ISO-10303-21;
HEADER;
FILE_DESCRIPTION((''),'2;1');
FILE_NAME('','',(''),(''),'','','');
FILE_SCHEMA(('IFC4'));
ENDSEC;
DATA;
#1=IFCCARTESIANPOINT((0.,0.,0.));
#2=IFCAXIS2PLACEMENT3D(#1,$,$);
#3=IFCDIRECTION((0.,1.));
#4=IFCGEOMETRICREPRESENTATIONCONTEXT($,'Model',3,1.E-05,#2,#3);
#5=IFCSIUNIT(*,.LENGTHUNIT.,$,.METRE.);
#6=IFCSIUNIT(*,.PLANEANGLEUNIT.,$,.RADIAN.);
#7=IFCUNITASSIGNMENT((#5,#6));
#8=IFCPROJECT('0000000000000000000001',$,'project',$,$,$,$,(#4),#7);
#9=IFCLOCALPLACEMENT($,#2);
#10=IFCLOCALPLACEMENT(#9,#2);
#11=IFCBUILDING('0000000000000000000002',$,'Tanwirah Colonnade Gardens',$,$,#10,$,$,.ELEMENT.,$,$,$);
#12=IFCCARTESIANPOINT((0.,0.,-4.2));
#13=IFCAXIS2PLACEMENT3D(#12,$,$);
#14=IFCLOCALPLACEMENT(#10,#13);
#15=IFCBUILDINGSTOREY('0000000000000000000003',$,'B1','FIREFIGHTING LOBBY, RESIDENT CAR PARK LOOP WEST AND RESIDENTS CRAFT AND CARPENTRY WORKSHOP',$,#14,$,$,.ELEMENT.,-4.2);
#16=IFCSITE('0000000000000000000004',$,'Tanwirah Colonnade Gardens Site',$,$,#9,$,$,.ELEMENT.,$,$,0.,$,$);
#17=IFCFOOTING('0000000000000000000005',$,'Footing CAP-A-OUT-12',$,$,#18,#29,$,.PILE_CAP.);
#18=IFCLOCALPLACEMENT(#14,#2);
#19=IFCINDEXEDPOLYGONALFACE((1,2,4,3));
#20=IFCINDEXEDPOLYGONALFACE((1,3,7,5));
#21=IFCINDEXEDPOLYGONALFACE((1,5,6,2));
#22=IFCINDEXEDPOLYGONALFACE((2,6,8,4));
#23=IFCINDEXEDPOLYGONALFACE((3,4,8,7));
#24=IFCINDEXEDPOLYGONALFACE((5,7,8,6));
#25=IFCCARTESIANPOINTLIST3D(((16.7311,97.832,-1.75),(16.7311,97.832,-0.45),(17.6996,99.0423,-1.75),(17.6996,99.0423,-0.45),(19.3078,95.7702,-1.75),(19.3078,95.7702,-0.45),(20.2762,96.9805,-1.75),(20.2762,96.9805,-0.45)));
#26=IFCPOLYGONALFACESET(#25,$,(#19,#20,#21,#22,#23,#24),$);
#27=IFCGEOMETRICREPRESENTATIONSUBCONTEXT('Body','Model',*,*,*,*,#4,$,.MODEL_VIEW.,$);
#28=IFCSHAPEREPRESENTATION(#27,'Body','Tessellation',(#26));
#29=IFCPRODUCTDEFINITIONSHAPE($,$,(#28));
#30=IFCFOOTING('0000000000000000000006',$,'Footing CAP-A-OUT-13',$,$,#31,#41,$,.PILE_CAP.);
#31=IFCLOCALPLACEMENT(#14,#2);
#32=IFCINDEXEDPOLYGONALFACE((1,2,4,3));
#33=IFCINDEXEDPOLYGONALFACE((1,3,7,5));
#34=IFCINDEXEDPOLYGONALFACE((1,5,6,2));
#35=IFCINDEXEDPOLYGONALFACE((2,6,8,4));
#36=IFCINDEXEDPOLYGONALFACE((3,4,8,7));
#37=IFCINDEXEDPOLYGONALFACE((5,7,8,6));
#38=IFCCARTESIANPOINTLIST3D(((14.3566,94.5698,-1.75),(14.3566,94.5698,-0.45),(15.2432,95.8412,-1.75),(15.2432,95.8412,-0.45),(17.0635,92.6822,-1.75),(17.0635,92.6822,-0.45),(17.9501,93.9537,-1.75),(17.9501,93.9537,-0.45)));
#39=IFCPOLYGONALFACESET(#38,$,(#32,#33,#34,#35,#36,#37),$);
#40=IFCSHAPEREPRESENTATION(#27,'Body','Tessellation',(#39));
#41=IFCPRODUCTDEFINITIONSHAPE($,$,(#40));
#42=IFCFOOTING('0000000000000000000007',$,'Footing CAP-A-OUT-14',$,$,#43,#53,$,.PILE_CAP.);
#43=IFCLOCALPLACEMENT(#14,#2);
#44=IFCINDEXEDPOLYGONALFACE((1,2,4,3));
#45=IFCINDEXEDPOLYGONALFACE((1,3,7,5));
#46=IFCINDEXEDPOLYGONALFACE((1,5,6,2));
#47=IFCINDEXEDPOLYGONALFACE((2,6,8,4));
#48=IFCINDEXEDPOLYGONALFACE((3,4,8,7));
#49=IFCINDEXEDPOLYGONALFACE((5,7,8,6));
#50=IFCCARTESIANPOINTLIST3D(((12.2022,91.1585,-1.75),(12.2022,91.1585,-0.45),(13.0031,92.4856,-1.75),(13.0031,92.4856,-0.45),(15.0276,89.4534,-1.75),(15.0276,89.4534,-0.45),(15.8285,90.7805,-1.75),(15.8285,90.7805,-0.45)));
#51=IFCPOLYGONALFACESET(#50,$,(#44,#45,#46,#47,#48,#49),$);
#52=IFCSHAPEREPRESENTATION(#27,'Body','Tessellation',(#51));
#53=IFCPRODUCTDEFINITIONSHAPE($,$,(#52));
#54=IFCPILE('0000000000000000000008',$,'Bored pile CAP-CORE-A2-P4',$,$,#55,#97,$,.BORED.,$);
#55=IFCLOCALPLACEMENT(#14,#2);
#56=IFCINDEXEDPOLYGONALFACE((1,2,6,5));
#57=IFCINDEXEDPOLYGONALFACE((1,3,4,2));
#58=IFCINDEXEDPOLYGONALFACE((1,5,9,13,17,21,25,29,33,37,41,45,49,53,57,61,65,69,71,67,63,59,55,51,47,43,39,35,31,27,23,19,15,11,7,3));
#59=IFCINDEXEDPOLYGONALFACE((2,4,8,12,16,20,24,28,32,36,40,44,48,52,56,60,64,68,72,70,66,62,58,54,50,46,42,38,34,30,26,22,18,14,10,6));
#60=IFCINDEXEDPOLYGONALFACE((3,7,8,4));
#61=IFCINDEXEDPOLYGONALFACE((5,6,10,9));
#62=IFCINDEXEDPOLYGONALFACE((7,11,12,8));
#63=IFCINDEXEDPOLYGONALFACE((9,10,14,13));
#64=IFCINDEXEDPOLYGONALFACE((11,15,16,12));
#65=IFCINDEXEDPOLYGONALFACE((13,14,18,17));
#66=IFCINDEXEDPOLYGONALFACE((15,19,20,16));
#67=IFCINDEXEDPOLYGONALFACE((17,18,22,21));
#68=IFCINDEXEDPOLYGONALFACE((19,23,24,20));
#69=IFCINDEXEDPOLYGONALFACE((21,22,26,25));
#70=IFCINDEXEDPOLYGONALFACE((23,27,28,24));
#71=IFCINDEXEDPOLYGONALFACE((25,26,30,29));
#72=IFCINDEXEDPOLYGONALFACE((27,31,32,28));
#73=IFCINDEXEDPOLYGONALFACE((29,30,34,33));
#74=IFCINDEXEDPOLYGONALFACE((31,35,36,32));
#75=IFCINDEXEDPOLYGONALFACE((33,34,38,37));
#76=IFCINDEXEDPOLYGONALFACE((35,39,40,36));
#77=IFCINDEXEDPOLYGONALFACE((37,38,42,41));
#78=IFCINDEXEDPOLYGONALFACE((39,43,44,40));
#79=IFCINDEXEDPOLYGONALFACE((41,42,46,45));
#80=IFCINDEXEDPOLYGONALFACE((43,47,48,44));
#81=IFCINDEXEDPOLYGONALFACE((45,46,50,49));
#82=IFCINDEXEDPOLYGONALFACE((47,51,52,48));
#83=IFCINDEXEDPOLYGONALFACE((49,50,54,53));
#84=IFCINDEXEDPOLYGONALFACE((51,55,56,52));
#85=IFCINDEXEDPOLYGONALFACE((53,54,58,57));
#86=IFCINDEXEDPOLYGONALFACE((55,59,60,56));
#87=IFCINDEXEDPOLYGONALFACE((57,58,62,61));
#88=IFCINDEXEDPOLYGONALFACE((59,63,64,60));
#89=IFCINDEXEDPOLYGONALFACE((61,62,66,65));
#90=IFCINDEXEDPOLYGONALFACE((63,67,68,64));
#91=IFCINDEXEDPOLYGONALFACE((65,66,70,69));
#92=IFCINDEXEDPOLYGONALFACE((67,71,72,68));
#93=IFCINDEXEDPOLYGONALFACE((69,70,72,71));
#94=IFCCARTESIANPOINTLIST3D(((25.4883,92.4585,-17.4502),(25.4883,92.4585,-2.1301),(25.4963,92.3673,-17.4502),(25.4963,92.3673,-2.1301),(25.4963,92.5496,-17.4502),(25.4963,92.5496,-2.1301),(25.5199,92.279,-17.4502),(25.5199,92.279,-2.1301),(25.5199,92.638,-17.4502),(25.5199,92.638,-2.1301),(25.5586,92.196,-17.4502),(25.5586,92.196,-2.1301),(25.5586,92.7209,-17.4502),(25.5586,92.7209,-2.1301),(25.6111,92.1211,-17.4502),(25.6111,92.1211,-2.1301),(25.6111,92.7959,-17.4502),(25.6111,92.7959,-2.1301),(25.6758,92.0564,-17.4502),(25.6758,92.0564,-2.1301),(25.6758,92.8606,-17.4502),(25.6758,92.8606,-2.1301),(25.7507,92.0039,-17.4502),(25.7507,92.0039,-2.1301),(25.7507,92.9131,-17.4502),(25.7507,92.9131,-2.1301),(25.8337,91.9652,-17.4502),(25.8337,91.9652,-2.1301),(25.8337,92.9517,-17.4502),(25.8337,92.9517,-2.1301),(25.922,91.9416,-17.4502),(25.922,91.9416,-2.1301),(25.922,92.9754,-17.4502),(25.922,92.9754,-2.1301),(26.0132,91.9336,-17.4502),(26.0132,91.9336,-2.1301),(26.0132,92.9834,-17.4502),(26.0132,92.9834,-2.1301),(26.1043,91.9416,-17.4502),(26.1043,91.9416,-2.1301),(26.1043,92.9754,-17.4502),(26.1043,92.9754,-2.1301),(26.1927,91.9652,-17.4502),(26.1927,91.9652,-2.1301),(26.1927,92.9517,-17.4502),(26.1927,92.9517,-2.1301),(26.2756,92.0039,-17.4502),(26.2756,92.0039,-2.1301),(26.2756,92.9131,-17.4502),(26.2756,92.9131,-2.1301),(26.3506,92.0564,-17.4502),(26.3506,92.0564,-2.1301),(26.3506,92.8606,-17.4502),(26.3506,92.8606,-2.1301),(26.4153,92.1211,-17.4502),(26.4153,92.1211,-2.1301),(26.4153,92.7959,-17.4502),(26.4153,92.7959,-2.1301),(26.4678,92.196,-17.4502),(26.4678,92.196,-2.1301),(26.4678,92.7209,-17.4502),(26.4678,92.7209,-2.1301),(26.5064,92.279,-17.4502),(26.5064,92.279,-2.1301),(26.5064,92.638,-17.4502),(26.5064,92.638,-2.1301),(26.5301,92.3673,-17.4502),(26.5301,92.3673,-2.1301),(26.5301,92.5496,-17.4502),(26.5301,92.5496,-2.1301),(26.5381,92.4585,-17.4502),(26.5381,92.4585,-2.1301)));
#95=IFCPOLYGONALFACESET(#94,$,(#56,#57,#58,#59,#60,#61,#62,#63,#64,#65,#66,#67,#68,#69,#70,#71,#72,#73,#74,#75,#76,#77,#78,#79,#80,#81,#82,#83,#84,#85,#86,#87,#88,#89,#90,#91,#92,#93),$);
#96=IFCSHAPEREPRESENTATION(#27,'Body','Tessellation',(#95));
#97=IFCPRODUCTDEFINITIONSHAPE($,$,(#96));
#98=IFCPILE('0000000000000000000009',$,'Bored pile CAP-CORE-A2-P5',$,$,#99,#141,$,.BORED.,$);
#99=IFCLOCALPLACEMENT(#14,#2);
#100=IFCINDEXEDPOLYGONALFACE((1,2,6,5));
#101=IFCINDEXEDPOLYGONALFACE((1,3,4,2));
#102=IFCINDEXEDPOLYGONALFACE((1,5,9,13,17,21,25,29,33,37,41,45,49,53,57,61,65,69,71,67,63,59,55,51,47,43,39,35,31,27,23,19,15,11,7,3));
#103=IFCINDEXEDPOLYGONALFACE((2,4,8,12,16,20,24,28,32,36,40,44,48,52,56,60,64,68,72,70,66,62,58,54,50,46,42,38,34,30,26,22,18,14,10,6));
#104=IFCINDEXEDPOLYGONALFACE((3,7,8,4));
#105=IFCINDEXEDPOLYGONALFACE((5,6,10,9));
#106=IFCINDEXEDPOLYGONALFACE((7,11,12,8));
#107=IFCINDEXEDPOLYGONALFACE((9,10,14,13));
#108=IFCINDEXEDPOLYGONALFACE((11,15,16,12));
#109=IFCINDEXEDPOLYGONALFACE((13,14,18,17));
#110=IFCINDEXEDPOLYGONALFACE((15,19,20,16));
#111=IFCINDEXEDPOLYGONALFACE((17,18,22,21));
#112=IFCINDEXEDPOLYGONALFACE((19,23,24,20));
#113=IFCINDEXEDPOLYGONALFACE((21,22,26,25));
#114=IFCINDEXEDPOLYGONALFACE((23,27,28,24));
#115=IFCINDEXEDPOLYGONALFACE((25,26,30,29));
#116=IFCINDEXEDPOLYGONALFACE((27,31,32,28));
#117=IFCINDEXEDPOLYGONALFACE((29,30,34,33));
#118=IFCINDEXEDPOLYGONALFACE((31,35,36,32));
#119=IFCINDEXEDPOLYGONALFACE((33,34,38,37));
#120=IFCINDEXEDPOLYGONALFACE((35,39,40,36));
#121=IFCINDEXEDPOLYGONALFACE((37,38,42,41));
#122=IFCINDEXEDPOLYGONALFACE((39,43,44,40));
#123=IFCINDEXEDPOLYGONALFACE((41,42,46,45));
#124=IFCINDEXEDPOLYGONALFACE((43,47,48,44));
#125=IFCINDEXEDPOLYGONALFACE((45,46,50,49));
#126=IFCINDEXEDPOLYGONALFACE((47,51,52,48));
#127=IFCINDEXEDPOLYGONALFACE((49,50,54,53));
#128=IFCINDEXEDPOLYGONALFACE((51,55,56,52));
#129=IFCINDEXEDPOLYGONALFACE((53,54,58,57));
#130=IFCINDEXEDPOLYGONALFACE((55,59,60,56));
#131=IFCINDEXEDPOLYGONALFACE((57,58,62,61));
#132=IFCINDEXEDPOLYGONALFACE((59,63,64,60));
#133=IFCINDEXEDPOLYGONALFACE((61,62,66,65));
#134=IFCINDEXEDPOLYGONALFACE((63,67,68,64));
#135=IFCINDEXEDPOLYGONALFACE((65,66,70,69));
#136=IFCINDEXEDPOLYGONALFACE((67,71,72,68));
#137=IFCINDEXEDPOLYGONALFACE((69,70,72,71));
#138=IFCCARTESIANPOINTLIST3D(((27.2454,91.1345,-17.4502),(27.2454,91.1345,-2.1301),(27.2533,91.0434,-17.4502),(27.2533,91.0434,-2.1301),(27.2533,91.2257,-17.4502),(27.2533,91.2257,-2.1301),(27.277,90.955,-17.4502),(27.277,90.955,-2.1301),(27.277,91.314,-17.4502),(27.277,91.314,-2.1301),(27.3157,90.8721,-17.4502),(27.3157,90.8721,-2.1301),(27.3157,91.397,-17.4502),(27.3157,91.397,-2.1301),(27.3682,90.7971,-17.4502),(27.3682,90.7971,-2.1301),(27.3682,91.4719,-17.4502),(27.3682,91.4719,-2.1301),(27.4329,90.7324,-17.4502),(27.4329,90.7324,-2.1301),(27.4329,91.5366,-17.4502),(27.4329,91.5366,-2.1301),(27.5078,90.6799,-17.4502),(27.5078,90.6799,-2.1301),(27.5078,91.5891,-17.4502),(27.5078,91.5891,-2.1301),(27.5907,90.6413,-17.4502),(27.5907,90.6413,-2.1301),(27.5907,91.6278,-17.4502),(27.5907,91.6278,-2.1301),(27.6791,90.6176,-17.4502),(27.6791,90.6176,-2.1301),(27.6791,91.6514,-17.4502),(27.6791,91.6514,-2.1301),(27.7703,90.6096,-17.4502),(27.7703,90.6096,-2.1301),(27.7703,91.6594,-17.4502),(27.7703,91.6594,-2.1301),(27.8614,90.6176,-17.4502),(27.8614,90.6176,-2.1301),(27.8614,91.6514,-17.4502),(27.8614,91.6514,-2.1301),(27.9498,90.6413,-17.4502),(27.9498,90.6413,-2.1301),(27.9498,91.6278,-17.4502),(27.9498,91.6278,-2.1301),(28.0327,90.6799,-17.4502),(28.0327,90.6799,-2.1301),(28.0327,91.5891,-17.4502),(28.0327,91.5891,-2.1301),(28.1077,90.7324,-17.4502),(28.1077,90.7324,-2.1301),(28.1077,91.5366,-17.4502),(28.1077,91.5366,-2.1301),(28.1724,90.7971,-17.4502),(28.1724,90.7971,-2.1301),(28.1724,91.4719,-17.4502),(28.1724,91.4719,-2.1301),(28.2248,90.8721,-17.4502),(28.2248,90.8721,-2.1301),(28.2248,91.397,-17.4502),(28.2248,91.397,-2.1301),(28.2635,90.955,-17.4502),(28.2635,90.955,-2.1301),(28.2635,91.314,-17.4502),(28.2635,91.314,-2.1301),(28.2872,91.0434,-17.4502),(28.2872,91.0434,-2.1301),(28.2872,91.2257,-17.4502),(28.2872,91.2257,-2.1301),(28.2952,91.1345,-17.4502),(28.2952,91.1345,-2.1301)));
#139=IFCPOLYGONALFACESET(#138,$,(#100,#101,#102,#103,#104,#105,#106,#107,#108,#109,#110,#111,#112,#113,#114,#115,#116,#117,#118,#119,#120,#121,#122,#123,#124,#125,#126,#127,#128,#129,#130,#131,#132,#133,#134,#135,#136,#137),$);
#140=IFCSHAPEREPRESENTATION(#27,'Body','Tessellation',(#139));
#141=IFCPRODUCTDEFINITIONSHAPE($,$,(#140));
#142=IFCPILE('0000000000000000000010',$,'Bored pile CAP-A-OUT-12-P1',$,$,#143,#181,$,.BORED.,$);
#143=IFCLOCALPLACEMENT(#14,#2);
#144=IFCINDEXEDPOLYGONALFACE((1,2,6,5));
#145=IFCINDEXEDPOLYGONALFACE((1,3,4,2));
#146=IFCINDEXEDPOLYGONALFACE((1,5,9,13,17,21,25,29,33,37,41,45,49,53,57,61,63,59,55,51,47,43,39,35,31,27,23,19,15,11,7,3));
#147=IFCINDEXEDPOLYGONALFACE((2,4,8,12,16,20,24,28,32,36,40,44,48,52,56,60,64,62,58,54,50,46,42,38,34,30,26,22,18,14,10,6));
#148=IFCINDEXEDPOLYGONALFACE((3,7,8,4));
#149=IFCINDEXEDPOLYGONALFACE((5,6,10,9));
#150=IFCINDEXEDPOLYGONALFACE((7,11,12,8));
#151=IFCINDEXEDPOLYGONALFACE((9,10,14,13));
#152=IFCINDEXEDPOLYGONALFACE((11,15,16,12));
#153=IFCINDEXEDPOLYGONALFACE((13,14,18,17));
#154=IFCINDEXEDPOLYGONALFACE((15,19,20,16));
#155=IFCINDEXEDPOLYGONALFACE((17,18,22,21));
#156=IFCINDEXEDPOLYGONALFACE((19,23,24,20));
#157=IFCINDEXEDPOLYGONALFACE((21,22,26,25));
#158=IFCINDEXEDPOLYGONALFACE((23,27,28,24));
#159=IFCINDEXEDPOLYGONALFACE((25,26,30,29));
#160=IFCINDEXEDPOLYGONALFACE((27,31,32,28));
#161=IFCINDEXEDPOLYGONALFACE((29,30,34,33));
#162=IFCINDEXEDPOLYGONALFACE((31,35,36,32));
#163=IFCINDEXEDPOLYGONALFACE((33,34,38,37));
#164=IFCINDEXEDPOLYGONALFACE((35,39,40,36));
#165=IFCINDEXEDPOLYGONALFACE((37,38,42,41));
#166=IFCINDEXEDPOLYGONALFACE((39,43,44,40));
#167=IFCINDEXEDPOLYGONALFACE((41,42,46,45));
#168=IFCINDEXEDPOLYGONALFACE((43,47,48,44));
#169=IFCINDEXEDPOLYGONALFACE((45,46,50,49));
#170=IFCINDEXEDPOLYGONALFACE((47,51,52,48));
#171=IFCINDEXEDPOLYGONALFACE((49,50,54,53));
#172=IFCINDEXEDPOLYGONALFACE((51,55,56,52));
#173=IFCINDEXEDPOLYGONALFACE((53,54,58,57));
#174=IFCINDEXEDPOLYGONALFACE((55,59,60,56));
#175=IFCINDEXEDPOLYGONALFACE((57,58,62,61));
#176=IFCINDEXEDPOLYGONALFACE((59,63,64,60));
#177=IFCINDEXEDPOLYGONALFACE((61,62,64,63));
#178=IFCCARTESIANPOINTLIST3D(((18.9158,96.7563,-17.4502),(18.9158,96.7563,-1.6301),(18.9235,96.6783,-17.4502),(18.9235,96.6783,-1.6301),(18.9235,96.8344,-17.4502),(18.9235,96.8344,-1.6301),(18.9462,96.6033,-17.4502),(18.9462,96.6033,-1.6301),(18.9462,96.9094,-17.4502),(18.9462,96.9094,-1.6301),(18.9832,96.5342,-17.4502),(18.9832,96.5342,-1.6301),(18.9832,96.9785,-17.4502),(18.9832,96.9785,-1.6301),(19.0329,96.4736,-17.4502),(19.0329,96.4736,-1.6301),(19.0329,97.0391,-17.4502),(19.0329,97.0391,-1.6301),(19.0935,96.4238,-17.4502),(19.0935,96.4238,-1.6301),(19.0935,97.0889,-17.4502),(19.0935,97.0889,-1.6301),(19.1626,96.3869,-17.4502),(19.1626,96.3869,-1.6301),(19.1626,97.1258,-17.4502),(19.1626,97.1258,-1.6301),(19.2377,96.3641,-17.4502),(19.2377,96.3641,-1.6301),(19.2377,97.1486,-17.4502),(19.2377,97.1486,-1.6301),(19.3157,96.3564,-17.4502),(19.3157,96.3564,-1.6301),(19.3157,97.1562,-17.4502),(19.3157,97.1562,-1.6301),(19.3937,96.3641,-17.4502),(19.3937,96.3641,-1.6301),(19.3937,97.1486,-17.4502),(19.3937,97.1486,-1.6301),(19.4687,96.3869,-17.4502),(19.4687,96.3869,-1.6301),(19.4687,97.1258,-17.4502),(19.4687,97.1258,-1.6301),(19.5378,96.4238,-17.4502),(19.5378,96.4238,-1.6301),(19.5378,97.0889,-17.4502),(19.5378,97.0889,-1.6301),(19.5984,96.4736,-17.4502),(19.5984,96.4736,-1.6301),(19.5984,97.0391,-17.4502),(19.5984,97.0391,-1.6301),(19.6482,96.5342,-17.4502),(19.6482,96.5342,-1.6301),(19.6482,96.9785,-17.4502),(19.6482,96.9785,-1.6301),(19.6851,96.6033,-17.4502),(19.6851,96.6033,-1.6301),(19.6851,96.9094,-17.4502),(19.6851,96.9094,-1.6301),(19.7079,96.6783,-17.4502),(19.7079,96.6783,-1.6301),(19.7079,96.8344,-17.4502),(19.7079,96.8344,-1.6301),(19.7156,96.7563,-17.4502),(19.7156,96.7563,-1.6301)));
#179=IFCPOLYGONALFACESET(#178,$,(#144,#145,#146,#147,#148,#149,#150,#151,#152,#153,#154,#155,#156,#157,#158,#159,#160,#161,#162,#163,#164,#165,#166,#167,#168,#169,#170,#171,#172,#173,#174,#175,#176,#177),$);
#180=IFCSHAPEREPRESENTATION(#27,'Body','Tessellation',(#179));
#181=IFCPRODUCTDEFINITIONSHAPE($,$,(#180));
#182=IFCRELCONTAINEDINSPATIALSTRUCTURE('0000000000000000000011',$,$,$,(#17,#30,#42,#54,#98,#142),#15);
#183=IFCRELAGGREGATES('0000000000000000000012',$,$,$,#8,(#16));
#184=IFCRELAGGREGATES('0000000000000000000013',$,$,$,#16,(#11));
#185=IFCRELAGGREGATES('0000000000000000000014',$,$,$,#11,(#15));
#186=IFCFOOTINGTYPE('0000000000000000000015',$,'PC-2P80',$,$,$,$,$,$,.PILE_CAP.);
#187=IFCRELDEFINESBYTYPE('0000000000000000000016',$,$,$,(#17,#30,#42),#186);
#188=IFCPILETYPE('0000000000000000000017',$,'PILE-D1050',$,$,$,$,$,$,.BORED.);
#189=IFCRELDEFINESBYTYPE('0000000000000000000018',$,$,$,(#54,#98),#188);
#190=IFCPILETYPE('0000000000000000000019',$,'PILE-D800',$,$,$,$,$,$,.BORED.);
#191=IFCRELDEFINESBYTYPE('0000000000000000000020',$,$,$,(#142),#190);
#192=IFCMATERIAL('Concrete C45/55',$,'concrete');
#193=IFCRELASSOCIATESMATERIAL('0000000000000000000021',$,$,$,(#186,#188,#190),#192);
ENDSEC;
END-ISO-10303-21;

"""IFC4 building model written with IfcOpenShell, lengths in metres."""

from ifc_helpers import new_model, si_unit, direction, frame, origin, origin_2d, place, context, subcontext, project, spatial, rectangle, circle, extrude, material, material_profile, profile_set, type_object, element, save


model = new_model("IFC4")

# Units and contexts
model_context = context("Model", 3, precision=1e-05, world=origin(), true_north=direction((0.0, 1.0)))
body_context = subcontext(model_context, "Body", "Model", "MODEL_VIEW")
ifc_project = project(units=[si_unit("LENGTHUNIT", "METRE"), si_unit("PLANEANGLEUNIT", "RADIAN")], contexts=[model_context])

# Site, building, storey
site_placement = place(None, origin())
site = spatial("IfcSite", under=ifc_project, at=site_placement, Name="Tanwirah Colonnade Gardens Site", CompositionType="ELEMENT", RefElevation=0.0)
building_placement = place(site_placement, origin())
building = spatial("IfcBuilding", under=site, at=building_placement, Name="Tanwirah Colonnade Gardens", CompositionType="ELEMENT")
storey_placement = place(building_placement, frame((0.0, 0.0, -4.2)))
storey = spatial("IfcBuildingStorey", under=building, at=storey_placement, Name="B1", Description="FIREFIGHTING LOBBY, RESIDENT CAR PARK LOOP WEST AND RESIDENTS CRAFT AND CARPENTRY WORKSHOP", CompositionType="ELEMENT", Elevation=-4.2)

# Footings
ifc_material_1 = material(Name="Concrete C45/55", Category="concrete")
footing_type = type_object("IfcFootingType", Name="PC-2P80", PredefinedType="PILE_CAP", material=ifc_material_1)
for number, where, z_axis, x_axis, name in (
    (1, (18.5037, 97.4062, -1.75), (0.0, 0.0, 1.0), (-0.780794, 0.624788, 0.0), "Footing CAP-A-OUT-12"),
    (2, (16.1533, 94.2617, -1.75), (0.0, 0.0, 1.0), (-0.820263, 0.571987, 0.0), "Footing CAP-A-OUT-13"),
    (3, (14.0154, 90.9695, -1.75), (0.0, 0.0, 1.0), (-0.856167, 0.516699, 0.0), "Footing CAP-A-OUT-14"),
):
    element("IfcFooting", number, at=place(storey_placement, frame(where, z_axis=z_axis, x_axis=x_axis)), inside=storey, type_object=footing_type, Name=name, PredefinedType="PILE_CAP", context=body_context, shape_type="SweptSolid", body=[
        extrude(rectangle(XDim=3.3, YDim=1.55, at=origin_2d()), origin(), (0.0, 0.0, 1.0), 1.3),
    ])

# Piles
ifc_material_profile_1 = material_profile(ifc_material_1, circle(Radius=0.5249, at=origin_2d()), Name="PILE D1050")
ifc_profile_set_1 = profile_set([ifc_material_profile_1], Name="Concrete C45/55")
pile_type_1 = type_object("IfcPileType", Name="PILE-D1050", PredefinedType="BORED", material=ifc_profile_set_1)
for number, where, z_axis, x_axis, name in (
    (4, (26.0132, 92.4585, -2.1301), (0.0, 0.0, -1.0), (1.0, 0.0, 0.0), "Bored pile CAP-CORE-A2-P4"),
    (5, (27.7703, 91.1345, -2.1301), (0.0, 0.0, -1.0), (1.0, 0.0, 0.0), "Bored pile CAP-CORE-A2-P5"),
):
    element("IfcPile", number, at=place(storey_placement, frame(where, z_axis=z_axis, x_axis=x_axis)), inside=storey, type_object=pile_type_1, Name=name, PredefinedType="BORED", context=body_context, shape_type="SweptSolid", body=[
        extrude(circle(Radius=0.5249, at=origin_2d()), origin(), (0.0, 0.0, 1.0), 15.3201),
    ])
ifc_material_profile_2 = material_profile(ifc_material_1, circle(Radius=0.3999, at=origin_2d()), Name="PILE D800")
ifc_profile_set_2 = profile_set([ifc_material_profile_2], Name="Concrete C45/55")
pile_type_2 = type_object("IfcPileType", Name="PILE-D800", PredefinedType="BORED", material=ifc_profile_set_2)
for number, where, z_axis, x_axis, name in (
    (6, (19.3157, 96.7563, -1.6301), (0.0, 0.0, -1.0), (1.0, 0.0, 0.0), "Bored pile CAP-A-OUT-12-P1"),
):
    element("IfcPile", number, at=place(storey_placement, frame(where, z_axis=z_axis, x_axis=x_axis)), inside=storey, type_object=pile_type_2, Name=name, PredefinedType="BORED", context=body_context, shape_type="SweptSolid", body=[
        extrude(circle(Radius=0.3999, at=origin_2d()), origin(), (0.0, 0.0, 1.0), 15.8201),
    ])

save(model, "model.ifc")
